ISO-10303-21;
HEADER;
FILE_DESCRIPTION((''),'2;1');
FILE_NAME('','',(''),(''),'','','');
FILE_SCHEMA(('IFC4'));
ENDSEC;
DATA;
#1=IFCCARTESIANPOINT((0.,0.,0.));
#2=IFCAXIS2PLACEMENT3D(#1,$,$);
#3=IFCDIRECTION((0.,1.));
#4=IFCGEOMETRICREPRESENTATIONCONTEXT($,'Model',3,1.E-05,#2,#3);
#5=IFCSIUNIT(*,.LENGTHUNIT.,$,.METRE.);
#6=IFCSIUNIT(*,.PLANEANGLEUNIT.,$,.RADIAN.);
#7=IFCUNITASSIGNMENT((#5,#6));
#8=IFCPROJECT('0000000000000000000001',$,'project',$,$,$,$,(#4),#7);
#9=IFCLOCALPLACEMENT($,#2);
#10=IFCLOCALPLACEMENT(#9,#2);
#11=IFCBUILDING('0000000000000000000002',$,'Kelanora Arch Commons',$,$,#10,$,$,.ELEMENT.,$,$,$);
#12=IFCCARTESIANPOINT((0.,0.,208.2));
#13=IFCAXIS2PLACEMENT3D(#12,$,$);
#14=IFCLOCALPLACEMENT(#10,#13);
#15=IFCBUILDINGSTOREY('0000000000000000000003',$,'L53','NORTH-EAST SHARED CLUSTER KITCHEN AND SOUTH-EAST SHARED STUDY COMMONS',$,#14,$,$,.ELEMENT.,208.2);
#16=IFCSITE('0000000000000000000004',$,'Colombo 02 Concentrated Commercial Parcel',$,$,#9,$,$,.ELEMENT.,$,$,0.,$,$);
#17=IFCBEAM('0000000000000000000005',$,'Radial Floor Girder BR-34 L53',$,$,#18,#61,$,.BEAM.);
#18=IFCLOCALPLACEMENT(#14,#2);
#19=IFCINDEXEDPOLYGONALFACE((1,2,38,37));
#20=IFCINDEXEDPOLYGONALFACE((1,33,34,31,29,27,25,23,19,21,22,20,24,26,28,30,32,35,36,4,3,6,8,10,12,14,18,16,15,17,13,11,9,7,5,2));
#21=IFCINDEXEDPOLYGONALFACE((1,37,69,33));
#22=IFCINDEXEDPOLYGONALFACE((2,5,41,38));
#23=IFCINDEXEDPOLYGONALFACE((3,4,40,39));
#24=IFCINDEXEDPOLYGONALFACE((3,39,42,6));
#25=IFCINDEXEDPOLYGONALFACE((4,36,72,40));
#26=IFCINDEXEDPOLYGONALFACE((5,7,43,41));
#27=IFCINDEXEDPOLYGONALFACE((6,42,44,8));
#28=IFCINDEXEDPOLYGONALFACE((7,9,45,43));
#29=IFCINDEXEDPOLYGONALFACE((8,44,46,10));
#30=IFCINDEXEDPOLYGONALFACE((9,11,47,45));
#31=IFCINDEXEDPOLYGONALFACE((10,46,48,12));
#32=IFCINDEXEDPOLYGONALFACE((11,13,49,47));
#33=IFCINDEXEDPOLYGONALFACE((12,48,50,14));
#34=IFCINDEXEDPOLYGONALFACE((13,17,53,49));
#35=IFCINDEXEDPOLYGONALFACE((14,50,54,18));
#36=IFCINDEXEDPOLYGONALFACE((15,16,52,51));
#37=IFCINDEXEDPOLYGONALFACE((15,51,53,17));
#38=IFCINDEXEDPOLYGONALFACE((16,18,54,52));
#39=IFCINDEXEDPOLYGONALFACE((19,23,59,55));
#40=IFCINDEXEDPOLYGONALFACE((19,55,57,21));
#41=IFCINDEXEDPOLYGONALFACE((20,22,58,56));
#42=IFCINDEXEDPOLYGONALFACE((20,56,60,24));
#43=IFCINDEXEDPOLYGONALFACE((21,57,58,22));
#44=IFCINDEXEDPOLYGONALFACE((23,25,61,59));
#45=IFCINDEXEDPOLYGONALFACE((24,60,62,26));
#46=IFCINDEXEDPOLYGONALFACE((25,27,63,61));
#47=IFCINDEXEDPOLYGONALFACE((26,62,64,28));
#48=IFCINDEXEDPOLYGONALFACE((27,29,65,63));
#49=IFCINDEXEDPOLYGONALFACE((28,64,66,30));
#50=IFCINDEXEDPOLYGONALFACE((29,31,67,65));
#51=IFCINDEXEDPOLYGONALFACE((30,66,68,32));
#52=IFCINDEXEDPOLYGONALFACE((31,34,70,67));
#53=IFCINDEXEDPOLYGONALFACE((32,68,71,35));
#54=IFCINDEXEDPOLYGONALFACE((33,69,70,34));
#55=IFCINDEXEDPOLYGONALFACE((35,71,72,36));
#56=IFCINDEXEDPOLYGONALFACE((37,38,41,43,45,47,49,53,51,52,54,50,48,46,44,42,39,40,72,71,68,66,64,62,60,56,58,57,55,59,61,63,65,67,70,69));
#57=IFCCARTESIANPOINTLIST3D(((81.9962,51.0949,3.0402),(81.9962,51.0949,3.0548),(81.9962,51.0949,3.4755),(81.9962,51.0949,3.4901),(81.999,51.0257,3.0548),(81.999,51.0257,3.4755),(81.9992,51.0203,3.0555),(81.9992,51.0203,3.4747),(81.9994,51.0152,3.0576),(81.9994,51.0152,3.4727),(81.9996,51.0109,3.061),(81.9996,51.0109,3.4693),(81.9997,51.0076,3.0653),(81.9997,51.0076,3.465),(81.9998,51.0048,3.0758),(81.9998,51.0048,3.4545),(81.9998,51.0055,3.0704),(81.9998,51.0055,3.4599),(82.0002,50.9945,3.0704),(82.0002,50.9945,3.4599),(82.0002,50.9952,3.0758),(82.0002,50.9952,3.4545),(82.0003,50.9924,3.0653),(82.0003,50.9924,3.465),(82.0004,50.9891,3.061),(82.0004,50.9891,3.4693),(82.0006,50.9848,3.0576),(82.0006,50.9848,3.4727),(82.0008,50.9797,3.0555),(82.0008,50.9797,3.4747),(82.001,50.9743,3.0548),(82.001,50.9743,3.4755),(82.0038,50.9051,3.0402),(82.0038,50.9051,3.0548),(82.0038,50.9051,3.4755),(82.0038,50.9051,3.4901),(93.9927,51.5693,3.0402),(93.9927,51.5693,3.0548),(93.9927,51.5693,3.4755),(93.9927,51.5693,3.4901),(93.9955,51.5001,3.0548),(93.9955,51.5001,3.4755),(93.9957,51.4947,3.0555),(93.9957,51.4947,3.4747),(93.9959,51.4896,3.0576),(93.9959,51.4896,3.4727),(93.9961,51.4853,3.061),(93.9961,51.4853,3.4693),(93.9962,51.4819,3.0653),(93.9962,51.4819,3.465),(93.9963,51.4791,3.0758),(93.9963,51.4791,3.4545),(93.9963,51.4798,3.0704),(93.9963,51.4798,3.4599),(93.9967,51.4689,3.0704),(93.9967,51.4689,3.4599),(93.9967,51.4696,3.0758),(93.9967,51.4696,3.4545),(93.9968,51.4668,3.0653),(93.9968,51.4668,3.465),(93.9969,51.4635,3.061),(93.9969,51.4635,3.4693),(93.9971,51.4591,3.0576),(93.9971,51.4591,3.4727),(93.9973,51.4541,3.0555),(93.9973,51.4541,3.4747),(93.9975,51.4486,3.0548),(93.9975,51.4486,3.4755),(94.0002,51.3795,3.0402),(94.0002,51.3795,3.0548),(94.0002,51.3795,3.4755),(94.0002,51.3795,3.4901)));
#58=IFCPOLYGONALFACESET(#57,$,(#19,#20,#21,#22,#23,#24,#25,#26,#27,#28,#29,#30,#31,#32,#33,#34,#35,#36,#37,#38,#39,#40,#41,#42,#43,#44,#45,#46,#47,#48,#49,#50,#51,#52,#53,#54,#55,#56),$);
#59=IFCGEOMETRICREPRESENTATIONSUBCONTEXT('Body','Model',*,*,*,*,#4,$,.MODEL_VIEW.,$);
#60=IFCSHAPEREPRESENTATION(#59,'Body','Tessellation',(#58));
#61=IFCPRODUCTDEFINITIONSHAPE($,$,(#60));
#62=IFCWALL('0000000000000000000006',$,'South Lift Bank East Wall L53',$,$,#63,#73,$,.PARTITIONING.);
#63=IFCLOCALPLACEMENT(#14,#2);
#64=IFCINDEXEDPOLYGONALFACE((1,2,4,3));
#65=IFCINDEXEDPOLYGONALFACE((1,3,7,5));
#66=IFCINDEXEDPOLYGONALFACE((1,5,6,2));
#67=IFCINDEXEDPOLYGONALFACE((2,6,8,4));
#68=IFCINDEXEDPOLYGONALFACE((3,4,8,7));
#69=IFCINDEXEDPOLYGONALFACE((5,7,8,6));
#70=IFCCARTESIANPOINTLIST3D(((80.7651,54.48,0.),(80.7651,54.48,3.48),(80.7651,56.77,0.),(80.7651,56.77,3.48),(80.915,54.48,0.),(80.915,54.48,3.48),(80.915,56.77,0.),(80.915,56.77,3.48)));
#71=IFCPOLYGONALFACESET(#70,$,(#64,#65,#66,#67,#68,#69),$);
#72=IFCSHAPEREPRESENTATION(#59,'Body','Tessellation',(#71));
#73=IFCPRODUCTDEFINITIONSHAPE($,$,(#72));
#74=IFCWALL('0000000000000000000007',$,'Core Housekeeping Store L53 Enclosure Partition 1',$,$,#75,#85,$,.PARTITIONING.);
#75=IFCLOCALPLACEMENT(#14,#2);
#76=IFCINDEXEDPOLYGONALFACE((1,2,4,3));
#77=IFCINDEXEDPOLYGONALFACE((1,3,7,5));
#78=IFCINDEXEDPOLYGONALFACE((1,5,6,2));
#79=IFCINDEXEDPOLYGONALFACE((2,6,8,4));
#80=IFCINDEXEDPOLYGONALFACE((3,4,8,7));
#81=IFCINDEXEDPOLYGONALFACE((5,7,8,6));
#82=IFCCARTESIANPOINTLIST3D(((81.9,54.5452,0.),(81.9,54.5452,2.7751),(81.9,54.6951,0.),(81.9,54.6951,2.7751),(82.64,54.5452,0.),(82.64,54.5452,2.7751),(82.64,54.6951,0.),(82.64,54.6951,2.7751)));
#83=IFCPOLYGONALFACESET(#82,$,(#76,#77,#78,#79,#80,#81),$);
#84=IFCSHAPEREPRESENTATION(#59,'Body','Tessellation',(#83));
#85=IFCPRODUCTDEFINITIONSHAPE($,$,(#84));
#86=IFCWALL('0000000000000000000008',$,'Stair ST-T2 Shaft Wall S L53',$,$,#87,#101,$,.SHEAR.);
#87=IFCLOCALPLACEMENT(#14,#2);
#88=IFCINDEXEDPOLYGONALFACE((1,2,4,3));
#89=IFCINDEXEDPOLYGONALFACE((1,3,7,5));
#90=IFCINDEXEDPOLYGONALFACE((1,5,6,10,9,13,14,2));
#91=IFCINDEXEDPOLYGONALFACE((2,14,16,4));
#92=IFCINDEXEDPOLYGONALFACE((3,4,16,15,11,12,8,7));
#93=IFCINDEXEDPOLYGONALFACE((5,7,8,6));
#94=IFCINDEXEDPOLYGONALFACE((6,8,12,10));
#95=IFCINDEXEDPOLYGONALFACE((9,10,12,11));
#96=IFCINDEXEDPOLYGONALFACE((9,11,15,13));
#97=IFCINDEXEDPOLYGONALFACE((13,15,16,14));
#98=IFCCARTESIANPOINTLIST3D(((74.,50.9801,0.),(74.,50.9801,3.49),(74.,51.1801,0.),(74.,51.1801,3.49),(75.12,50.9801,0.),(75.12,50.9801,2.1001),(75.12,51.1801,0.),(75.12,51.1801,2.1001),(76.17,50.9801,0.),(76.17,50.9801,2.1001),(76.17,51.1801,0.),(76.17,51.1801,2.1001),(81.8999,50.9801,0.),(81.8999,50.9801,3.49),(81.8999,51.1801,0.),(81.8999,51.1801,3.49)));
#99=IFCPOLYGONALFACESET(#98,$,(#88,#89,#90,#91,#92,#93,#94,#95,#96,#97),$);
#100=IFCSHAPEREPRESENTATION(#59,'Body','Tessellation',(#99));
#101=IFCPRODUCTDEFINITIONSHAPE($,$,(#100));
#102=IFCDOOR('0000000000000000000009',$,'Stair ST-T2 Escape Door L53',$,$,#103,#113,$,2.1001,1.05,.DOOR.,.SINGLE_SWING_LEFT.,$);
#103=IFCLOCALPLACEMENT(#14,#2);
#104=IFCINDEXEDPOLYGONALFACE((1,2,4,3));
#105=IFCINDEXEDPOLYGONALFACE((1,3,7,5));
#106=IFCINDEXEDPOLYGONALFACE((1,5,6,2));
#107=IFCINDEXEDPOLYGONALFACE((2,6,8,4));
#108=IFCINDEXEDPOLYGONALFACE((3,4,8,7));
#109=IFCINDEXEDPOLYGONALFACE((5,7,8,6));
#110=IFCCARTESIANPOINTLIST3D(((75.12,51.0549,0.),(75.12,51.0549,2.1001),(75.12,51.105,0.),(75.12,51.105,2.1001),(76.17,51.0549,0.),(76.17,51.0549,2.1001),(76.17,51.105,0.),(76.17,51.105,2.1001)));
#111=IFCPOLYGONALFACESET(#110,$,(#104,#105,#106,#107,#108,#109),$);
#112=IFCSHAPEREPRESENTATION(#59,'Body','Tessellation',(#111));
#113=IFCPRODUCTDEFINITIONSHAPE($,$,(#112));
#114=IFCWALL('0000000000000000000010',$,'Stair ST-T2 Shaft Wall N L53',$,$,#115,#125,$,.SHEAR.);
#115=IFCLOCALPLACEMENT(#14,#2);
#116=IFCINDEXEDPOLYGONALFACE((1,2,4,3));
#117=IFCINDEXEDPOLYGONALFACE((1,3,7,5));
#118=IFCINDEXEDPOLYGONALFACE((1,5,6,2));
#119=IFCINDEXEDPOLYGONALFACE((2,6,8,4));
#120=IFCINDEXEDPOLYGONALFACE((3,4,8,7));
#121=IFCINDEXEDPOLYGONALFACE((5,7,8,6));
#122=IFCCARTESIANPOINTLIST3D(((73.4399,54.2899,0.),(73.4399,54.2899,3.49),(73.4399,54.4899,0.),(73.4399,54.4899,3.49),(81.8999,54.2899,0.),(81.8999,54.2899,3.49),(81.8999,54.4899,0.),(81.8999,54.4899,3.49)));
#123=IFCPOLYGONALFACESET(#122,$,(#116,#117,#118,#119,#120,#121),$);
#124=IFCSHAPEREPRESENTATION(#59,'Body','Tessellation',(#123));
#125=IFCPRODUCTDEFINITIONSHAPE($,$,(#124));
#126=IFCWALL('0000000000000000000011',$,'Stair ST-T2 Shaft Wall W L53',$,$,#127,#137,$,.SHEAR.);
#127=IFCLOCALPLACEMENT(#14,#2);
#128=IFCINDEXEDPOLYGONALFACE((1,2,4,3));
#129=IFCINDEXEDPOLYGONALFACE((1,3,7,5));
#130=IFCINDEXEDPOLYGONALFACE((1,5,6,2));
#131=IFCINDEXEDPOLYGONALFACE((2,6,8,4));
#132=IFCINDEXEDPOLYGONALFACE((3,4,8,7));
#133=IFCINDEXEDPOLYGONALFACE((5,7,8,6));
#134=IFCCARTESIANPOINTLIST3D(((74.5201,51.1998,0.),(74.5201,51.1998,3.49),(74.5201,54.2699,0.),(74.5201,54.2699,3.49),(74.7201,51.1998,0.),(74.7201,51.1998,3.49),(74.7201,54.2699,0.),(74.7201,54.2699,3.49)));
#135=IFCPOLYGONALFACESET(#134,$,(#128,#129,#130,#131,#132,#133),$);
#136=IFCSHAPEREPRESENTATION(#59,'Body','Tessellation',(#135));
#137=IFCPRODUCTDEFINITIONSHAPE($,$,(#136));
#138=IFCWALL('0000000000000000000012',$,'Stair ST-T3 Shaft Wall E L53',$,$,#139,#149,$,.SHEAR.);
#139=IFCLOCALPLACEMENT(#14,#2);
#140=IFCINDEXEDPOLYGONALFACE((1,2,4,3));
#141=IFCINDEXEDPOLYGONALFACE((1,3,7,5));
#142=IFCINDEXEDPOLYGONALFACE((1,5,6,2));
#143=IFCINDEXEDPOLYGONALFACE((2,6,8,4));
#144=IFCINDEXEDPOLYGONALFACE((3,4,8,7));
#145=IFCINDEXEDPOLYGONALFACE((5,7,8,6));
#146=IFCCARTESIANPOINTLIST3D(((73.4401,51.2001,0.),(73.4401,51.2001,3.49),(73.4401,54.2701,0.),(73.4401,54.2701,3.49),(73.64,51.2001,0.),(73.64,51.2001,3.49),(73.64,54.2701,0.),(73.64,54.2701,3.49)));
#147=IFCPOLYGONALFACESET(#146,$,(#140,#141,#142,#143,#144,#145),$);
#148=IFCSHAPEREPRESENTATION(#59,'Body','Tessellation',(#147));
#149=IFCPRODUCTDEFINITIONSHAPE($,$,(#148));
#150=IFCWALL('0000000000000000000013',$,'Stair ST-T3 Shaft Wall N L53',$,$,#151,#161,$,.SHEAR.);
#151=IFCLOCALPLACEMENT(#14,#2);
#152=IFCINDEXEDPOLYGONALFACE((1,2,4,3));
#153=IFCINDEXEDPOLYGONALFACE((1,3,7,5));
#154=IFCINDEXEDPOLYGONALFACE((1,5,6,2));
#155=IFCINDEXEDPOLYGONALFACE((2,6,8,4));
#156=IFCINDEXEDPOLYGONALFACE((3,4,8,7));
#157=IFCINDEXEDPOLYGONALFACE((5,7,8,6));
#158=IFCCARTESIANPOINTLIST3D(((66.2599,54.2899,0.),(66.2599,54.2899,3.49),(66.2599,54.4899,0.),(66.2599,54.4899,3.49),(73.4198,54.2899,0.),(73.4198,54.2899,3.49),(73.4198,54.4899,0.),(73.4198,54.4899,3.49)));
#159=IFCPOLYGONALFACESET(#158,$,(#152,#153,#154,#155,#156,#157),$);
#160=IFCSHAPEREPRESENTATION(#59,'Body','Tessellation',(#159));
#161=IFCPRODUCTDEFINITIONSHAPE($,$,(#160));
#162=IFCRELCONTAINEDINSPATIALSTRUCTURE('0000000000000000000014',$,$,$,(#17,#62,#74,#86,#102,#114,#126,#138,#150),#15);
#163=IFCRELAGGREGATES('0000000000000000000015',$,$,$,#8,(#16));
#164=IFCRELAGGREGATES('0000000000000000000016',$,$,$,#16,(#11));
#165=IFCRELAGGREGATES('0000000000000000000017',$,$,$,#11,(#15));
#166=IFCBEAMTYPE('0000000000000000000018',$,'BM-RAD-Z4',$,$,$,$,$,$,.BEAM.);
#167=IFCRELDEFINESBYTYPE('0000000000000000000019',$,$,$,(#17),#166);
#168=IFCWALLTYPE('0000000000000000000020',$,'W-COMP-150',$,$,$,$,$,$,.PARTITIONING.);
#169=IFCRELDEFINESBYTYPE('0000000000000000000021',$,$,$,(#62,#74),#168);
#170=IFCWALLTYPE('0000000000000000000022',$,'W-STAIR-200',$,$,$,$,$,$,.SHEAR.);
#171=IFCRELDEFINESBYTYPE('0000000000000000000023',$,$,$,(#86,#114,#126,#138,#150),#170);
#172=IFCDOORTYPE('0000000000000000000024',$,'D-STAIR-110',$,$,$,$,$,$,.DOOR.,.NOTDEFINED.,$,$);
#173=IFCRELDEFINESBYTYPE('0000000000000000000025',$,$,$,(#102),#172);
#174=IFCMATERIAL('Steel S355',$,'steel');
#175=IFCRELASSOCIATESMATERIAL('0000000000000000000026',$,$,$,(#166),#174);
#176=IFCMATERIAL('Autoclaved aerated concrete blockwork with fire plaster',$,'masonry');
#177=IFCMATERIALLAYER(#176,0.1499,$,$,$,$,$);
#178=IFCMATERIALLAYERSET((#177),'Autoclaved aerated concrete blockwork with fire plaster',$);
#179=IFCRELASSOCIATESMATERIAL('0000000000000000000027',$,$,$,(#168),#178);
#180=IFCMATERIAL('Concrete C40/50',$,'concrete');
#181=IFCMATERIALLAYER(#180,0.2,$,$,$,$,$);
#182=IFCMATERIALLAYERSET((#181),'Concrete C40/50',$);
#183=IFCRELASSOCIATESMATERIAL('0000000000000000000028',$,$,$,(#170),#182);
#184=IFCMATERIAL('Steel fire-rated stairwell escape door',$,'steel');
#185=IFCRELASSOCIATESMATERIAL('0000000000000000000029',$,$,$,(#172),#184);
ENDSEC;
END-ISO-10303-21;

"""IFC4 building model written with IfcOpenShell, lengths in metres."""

from ifc_helpers import new_model, si_unit, direction, frame, frame_2d, origin, origin_2d, place, context, subcontext, project, spatial, rectangle, i_section, extrude, material, layer, layer_set, material_profile, profile_set, type_object, element, fill, save


model = new_model("IFC4")

# Units and contexts
model_context = context("Model", 3, precision=1e-05, world=origin(), true_north=direction((0.0, 1.0)))
body_context = subcontext(model_context, "Body", "Model", "MODEL_VIEW")
ifc_project = project(units=[si_unit("LENGTHUNIT", "METRE"), si_unit("PLANEANGLEUNIT", "RADIAN")], contexts=[model_context])

# Site, building, storey
site_placement = place(None, origin())
site = spatial("IfcSite", under=ifc_project, at=site_placement, Name="Colombo 02 Concentrated Commercial Parcel", CompositionType="ELEMENT", RefElevation=0.0)
building_placement = place(site_placement, origin())
building = spatial("IfcBuilding", under=site, at=building_placement, Name="Kelanora Arch Commons", CompositionType="ELEMENT")
storey_placement = place(building_placement, frame((0.0, 0.0, 208.2)))
storey = spatial("IfcBuildingStorey", under=building, at=storey_placement, Name="L53", Description="NORTH-EAST SHARED CLUSTER KITCHEN AND SOUTH-EAST SHARED STUDY COMMONS", CompositionType="ELEMENT", Elevation=208.2)

# Beam
ifc_material_1 = material(Name="Steel S355", Category="steel")
ifc_material_profile_1 = material_profile(ifc_material_1, i_section(OverallWidth=0.1899, OverallDepth=0.45, WebThickness=0.0095, FlangeThickness=0.0146, FilletRadius=0.021, at=origin_2d()), Name="IPE450")
ifc_profile_set_1 = profile_set([ifc_material_profile_1], Name="Steel S355")
beam_type_1 = type_object("IfcBeamType", Name="BM-RAD-Z4", PredefinedType="BEAM", material=ifc_profile_set_1)
beam_1_placement = place(storey_placement, frame((82.0, 51.0, 3.2651), z_axis=(0.999219, 0.039511, 0.0), x_axis=(-0.039511, 0.999219, 0.0)))
element("IfcBeam", 1, at=beam_1_placement, inside=storey, type_object=beam_type_1, Name="Radial Floor Girder BR-34 L53", PredefinedType="BEAM", context=body_context, shape_type="SweptSolid", body=[
    extrude(i_section(OverallWidth=0.1899, OverallDepth=0.45, WebThickness=0.0095, FlangeThickness=0.0146, FilletRadius=0.021, at=origin_2d()), origin(), (0.0, 0.0, 1.0), 12.0059),
])

# Walls
ifc_material_2 = material(Name="Autoclaved aerated concrete blockwork with fire plaster", Category="masonry")
ifc_layer_1 = layer(ifc_material_2, 0.1499)
ifc_layer_set_1 = layer_set([ifc_layer_1], Name="Autoclaved aerated concrete blockwork with fire plaster")
wall_type_1 = type_object("IfcWallType", Name="W-COMP-150", PredefinedType="PARTITIONING", material=ifc_layer_set_1)
wall_1_placement = place(storey_placement, frame((80.8401, 54.48, 0.0), z_axis=(0.0, 0.0, 1.0), x_axis=(0.0, 1.0, 0.0)))
element("IfcWall", 2, at=wall_1_placement, inside=storey, type_object=wall_type_1, Name="South Lift Bank East Wall L53", PredefinedType="PARTITIONING", context=body_context, shape_type="SweptSolid", body=[
    extrude(rectangle(XDim=2.29, YDim=0.1499, at=frame_2d((1.145, 0.0))), origin(), (0.0, 0.0, 1.0), 3.48),
])
wall_2_placement = place(storey_placement, frame((81.8999, 54.6201, 0.0), z_axis=(0.0, 0.0, 1.0), x_axis=(1.0, 0.0, 0.0)))
element("IfcWall", 3, at=wall_2_placement, inside=storey, type_object=wall_type_1, Name="Core Housekeeping Store L53 Enclosure Partition 1", PredefinedType="PARTITIONING", context=body_context, shape_type="SweptSolid", body=[
    extrude(rectangle(XDim=0.74, YDim=0.1499, at=frame_2d((0.3701, 0.0))), origin(), (0.0, 0.0, 1.0), 2.7751),
])

# Wall, opening, door
ifc_material_3 = material(Name="Concrete C40/50", Category="concrete")
ifc_layer_2 = layer(ifc_material_3, 0.2)
ifc_layer_set_2 = layer_set([ifc_layer_2], Name="Concrete C40/50")
wall_type_2 = type_object("IfcWallType", Name="W-STAIR-200", PredefinedType="SHEAR", material=ifc_layer_set_2)
wall_3_placement = place(storey_placement, frame((74.0, 51.0801, 0.0), z_axis=(0.0, 0.0, 1.0), x_axis=(1.0, 0.0, 0.0)))
wall_3 = element("IfcWall", 4, at=wall_3_placement, inside=storey, type_object=wall_type_2, Name="Stair ST-T2 Shaft Wall S L53", PredefinedType="SHEAR", context=body_context, shape_type="SweptSolid", body=[
    extrude(rectangle(XDim=7.8999, YDim=0.2, at=frame_2d((3.95, 0.0))), origin(), (0.0, 0.0, 1.0), 3.49),
])
opening_placement = place(wall_3_placement, frame((1.1201, 0.0, 0.0)))
opening = element("IfcOpeningElement", 5, at=opening_placement, cuts=wall_3, PredefinedType="OPENING", context=body_context, shape_type="SweptSolid", body=[
    extrude(rectangle(XDim=1.05, YDim=2.1001, at=frame_2d((0.5249, 1.05))), frame((0.0, 0.1099, 0.0), z_axis=(0.0, -1.0, 0.0), x_axis=(1.0, 0.0, 0.0)), (0.0, 0.0, 1.0), 0.22),
])
ifc_material_4 = material(Name="Steel fire-rated stairwell escape door", Category="steel")
door_type = type_object("IfcDoorType", Name="D-STAIR-110", OperationType="NOTDEFINED", PredefinedType="DOOR", material=ifc_material_4)
door_placement = place(opening_placement, origin())
door = element("IfcDoor", 6, at=door_placement, inside=storey, type_object=door_type, Name="Stair ST-T2 Escape Door L53", OperationType="SINGLE_SWING_LEFT", OverallHeight=2.1001, OverallWidth=1.05, PredefinedType="DOOR", context=body_context, shape_type="SweptSolid", body=[
    extrude(rectangle(XDim=1.05, YDim=2.1001, at=frame_2d((0.5249, 1.05))), frame((0.0, 0.0249, 0.0), z_axis=(0.0, -1.0, 0.0), x_axis=(1.0, 0.0, 0.0)), (0.0, 0.0, 1.0), 0.05),
])
fill(opening, door)

# Walls
wall_4_placement = place(storey_placement, frame((81.8999, 54.3899, 0.0), z_axis=(0.0, 0.0, 1.0), x_axis=(-1.0, 0.0, 0.0)))
element("IfcWall", 7, at=wall_4_placement, inside=storey, type_object=wall_type_2, Name="Stair ST-T2 Shaft Wall N L53", PredefinedType="SHEAR", context=body_context, shape_type="SweptSolid", body=[
    extrude(rectangle(XDim=8.46, YDim=0.2, at=frame_2d((4.23, 0.0))), origin(), (0.0, 0.0, 1.0), 3.49),
])
for number, where, z_axis, x_axis, name in (
    (8, (74.6201, 54.27, 0.0), (0.0, 0.0, 1.0), (0.0, -1.0, 0.0), "Stair ST-T2 Shaft Wall W L53"),
    (9, (73.54, 51.2, 0.0), (0.0, 0.0, 1.0), (0.0, 1.0, 0.0), "Stair ST-T3 Shaft Wall E L53"),
):
    element("IfcWall", number, at=place(storey_placement, frame(where, z_axis=z_axis, x_axis=x_axis)), inside=storey, type_object=wall_type_2, Name=name, PredefinedType="SHEAR", context=body_context, shape_type="SweptSolid", body=[
        extrude(rectangle(XDim=3.0701, YDim=0.2, at=frame_2d((1.5352, 0.0))), origin(), (0.0, 0.0, 1.0), 3.49),
    ])
wall_5_placement = place(storey_placement, frame((73.4199, 54.3899, 0.0), z_axis=(0.0, 0.0, 1.0), x_axis=(-1.0, 0.0, 0.0)))
element("IfcWall", 10, at=wall_5_placement, inside=storey, type_object=wall_type_2, Name="Stair ST-T3 Shaft Wall N L53", PredefinedType="SHEAR", context=body_context, shape_type="SweptSolid", body=[
    extrude(rectangle(XDim=7.1599, YDim=0.2, at=frame_2d((3.5801, 0.0))), origin(), (0.0, 0.0, 1.0), 3.49),
])

save(model, "model.ifc")
